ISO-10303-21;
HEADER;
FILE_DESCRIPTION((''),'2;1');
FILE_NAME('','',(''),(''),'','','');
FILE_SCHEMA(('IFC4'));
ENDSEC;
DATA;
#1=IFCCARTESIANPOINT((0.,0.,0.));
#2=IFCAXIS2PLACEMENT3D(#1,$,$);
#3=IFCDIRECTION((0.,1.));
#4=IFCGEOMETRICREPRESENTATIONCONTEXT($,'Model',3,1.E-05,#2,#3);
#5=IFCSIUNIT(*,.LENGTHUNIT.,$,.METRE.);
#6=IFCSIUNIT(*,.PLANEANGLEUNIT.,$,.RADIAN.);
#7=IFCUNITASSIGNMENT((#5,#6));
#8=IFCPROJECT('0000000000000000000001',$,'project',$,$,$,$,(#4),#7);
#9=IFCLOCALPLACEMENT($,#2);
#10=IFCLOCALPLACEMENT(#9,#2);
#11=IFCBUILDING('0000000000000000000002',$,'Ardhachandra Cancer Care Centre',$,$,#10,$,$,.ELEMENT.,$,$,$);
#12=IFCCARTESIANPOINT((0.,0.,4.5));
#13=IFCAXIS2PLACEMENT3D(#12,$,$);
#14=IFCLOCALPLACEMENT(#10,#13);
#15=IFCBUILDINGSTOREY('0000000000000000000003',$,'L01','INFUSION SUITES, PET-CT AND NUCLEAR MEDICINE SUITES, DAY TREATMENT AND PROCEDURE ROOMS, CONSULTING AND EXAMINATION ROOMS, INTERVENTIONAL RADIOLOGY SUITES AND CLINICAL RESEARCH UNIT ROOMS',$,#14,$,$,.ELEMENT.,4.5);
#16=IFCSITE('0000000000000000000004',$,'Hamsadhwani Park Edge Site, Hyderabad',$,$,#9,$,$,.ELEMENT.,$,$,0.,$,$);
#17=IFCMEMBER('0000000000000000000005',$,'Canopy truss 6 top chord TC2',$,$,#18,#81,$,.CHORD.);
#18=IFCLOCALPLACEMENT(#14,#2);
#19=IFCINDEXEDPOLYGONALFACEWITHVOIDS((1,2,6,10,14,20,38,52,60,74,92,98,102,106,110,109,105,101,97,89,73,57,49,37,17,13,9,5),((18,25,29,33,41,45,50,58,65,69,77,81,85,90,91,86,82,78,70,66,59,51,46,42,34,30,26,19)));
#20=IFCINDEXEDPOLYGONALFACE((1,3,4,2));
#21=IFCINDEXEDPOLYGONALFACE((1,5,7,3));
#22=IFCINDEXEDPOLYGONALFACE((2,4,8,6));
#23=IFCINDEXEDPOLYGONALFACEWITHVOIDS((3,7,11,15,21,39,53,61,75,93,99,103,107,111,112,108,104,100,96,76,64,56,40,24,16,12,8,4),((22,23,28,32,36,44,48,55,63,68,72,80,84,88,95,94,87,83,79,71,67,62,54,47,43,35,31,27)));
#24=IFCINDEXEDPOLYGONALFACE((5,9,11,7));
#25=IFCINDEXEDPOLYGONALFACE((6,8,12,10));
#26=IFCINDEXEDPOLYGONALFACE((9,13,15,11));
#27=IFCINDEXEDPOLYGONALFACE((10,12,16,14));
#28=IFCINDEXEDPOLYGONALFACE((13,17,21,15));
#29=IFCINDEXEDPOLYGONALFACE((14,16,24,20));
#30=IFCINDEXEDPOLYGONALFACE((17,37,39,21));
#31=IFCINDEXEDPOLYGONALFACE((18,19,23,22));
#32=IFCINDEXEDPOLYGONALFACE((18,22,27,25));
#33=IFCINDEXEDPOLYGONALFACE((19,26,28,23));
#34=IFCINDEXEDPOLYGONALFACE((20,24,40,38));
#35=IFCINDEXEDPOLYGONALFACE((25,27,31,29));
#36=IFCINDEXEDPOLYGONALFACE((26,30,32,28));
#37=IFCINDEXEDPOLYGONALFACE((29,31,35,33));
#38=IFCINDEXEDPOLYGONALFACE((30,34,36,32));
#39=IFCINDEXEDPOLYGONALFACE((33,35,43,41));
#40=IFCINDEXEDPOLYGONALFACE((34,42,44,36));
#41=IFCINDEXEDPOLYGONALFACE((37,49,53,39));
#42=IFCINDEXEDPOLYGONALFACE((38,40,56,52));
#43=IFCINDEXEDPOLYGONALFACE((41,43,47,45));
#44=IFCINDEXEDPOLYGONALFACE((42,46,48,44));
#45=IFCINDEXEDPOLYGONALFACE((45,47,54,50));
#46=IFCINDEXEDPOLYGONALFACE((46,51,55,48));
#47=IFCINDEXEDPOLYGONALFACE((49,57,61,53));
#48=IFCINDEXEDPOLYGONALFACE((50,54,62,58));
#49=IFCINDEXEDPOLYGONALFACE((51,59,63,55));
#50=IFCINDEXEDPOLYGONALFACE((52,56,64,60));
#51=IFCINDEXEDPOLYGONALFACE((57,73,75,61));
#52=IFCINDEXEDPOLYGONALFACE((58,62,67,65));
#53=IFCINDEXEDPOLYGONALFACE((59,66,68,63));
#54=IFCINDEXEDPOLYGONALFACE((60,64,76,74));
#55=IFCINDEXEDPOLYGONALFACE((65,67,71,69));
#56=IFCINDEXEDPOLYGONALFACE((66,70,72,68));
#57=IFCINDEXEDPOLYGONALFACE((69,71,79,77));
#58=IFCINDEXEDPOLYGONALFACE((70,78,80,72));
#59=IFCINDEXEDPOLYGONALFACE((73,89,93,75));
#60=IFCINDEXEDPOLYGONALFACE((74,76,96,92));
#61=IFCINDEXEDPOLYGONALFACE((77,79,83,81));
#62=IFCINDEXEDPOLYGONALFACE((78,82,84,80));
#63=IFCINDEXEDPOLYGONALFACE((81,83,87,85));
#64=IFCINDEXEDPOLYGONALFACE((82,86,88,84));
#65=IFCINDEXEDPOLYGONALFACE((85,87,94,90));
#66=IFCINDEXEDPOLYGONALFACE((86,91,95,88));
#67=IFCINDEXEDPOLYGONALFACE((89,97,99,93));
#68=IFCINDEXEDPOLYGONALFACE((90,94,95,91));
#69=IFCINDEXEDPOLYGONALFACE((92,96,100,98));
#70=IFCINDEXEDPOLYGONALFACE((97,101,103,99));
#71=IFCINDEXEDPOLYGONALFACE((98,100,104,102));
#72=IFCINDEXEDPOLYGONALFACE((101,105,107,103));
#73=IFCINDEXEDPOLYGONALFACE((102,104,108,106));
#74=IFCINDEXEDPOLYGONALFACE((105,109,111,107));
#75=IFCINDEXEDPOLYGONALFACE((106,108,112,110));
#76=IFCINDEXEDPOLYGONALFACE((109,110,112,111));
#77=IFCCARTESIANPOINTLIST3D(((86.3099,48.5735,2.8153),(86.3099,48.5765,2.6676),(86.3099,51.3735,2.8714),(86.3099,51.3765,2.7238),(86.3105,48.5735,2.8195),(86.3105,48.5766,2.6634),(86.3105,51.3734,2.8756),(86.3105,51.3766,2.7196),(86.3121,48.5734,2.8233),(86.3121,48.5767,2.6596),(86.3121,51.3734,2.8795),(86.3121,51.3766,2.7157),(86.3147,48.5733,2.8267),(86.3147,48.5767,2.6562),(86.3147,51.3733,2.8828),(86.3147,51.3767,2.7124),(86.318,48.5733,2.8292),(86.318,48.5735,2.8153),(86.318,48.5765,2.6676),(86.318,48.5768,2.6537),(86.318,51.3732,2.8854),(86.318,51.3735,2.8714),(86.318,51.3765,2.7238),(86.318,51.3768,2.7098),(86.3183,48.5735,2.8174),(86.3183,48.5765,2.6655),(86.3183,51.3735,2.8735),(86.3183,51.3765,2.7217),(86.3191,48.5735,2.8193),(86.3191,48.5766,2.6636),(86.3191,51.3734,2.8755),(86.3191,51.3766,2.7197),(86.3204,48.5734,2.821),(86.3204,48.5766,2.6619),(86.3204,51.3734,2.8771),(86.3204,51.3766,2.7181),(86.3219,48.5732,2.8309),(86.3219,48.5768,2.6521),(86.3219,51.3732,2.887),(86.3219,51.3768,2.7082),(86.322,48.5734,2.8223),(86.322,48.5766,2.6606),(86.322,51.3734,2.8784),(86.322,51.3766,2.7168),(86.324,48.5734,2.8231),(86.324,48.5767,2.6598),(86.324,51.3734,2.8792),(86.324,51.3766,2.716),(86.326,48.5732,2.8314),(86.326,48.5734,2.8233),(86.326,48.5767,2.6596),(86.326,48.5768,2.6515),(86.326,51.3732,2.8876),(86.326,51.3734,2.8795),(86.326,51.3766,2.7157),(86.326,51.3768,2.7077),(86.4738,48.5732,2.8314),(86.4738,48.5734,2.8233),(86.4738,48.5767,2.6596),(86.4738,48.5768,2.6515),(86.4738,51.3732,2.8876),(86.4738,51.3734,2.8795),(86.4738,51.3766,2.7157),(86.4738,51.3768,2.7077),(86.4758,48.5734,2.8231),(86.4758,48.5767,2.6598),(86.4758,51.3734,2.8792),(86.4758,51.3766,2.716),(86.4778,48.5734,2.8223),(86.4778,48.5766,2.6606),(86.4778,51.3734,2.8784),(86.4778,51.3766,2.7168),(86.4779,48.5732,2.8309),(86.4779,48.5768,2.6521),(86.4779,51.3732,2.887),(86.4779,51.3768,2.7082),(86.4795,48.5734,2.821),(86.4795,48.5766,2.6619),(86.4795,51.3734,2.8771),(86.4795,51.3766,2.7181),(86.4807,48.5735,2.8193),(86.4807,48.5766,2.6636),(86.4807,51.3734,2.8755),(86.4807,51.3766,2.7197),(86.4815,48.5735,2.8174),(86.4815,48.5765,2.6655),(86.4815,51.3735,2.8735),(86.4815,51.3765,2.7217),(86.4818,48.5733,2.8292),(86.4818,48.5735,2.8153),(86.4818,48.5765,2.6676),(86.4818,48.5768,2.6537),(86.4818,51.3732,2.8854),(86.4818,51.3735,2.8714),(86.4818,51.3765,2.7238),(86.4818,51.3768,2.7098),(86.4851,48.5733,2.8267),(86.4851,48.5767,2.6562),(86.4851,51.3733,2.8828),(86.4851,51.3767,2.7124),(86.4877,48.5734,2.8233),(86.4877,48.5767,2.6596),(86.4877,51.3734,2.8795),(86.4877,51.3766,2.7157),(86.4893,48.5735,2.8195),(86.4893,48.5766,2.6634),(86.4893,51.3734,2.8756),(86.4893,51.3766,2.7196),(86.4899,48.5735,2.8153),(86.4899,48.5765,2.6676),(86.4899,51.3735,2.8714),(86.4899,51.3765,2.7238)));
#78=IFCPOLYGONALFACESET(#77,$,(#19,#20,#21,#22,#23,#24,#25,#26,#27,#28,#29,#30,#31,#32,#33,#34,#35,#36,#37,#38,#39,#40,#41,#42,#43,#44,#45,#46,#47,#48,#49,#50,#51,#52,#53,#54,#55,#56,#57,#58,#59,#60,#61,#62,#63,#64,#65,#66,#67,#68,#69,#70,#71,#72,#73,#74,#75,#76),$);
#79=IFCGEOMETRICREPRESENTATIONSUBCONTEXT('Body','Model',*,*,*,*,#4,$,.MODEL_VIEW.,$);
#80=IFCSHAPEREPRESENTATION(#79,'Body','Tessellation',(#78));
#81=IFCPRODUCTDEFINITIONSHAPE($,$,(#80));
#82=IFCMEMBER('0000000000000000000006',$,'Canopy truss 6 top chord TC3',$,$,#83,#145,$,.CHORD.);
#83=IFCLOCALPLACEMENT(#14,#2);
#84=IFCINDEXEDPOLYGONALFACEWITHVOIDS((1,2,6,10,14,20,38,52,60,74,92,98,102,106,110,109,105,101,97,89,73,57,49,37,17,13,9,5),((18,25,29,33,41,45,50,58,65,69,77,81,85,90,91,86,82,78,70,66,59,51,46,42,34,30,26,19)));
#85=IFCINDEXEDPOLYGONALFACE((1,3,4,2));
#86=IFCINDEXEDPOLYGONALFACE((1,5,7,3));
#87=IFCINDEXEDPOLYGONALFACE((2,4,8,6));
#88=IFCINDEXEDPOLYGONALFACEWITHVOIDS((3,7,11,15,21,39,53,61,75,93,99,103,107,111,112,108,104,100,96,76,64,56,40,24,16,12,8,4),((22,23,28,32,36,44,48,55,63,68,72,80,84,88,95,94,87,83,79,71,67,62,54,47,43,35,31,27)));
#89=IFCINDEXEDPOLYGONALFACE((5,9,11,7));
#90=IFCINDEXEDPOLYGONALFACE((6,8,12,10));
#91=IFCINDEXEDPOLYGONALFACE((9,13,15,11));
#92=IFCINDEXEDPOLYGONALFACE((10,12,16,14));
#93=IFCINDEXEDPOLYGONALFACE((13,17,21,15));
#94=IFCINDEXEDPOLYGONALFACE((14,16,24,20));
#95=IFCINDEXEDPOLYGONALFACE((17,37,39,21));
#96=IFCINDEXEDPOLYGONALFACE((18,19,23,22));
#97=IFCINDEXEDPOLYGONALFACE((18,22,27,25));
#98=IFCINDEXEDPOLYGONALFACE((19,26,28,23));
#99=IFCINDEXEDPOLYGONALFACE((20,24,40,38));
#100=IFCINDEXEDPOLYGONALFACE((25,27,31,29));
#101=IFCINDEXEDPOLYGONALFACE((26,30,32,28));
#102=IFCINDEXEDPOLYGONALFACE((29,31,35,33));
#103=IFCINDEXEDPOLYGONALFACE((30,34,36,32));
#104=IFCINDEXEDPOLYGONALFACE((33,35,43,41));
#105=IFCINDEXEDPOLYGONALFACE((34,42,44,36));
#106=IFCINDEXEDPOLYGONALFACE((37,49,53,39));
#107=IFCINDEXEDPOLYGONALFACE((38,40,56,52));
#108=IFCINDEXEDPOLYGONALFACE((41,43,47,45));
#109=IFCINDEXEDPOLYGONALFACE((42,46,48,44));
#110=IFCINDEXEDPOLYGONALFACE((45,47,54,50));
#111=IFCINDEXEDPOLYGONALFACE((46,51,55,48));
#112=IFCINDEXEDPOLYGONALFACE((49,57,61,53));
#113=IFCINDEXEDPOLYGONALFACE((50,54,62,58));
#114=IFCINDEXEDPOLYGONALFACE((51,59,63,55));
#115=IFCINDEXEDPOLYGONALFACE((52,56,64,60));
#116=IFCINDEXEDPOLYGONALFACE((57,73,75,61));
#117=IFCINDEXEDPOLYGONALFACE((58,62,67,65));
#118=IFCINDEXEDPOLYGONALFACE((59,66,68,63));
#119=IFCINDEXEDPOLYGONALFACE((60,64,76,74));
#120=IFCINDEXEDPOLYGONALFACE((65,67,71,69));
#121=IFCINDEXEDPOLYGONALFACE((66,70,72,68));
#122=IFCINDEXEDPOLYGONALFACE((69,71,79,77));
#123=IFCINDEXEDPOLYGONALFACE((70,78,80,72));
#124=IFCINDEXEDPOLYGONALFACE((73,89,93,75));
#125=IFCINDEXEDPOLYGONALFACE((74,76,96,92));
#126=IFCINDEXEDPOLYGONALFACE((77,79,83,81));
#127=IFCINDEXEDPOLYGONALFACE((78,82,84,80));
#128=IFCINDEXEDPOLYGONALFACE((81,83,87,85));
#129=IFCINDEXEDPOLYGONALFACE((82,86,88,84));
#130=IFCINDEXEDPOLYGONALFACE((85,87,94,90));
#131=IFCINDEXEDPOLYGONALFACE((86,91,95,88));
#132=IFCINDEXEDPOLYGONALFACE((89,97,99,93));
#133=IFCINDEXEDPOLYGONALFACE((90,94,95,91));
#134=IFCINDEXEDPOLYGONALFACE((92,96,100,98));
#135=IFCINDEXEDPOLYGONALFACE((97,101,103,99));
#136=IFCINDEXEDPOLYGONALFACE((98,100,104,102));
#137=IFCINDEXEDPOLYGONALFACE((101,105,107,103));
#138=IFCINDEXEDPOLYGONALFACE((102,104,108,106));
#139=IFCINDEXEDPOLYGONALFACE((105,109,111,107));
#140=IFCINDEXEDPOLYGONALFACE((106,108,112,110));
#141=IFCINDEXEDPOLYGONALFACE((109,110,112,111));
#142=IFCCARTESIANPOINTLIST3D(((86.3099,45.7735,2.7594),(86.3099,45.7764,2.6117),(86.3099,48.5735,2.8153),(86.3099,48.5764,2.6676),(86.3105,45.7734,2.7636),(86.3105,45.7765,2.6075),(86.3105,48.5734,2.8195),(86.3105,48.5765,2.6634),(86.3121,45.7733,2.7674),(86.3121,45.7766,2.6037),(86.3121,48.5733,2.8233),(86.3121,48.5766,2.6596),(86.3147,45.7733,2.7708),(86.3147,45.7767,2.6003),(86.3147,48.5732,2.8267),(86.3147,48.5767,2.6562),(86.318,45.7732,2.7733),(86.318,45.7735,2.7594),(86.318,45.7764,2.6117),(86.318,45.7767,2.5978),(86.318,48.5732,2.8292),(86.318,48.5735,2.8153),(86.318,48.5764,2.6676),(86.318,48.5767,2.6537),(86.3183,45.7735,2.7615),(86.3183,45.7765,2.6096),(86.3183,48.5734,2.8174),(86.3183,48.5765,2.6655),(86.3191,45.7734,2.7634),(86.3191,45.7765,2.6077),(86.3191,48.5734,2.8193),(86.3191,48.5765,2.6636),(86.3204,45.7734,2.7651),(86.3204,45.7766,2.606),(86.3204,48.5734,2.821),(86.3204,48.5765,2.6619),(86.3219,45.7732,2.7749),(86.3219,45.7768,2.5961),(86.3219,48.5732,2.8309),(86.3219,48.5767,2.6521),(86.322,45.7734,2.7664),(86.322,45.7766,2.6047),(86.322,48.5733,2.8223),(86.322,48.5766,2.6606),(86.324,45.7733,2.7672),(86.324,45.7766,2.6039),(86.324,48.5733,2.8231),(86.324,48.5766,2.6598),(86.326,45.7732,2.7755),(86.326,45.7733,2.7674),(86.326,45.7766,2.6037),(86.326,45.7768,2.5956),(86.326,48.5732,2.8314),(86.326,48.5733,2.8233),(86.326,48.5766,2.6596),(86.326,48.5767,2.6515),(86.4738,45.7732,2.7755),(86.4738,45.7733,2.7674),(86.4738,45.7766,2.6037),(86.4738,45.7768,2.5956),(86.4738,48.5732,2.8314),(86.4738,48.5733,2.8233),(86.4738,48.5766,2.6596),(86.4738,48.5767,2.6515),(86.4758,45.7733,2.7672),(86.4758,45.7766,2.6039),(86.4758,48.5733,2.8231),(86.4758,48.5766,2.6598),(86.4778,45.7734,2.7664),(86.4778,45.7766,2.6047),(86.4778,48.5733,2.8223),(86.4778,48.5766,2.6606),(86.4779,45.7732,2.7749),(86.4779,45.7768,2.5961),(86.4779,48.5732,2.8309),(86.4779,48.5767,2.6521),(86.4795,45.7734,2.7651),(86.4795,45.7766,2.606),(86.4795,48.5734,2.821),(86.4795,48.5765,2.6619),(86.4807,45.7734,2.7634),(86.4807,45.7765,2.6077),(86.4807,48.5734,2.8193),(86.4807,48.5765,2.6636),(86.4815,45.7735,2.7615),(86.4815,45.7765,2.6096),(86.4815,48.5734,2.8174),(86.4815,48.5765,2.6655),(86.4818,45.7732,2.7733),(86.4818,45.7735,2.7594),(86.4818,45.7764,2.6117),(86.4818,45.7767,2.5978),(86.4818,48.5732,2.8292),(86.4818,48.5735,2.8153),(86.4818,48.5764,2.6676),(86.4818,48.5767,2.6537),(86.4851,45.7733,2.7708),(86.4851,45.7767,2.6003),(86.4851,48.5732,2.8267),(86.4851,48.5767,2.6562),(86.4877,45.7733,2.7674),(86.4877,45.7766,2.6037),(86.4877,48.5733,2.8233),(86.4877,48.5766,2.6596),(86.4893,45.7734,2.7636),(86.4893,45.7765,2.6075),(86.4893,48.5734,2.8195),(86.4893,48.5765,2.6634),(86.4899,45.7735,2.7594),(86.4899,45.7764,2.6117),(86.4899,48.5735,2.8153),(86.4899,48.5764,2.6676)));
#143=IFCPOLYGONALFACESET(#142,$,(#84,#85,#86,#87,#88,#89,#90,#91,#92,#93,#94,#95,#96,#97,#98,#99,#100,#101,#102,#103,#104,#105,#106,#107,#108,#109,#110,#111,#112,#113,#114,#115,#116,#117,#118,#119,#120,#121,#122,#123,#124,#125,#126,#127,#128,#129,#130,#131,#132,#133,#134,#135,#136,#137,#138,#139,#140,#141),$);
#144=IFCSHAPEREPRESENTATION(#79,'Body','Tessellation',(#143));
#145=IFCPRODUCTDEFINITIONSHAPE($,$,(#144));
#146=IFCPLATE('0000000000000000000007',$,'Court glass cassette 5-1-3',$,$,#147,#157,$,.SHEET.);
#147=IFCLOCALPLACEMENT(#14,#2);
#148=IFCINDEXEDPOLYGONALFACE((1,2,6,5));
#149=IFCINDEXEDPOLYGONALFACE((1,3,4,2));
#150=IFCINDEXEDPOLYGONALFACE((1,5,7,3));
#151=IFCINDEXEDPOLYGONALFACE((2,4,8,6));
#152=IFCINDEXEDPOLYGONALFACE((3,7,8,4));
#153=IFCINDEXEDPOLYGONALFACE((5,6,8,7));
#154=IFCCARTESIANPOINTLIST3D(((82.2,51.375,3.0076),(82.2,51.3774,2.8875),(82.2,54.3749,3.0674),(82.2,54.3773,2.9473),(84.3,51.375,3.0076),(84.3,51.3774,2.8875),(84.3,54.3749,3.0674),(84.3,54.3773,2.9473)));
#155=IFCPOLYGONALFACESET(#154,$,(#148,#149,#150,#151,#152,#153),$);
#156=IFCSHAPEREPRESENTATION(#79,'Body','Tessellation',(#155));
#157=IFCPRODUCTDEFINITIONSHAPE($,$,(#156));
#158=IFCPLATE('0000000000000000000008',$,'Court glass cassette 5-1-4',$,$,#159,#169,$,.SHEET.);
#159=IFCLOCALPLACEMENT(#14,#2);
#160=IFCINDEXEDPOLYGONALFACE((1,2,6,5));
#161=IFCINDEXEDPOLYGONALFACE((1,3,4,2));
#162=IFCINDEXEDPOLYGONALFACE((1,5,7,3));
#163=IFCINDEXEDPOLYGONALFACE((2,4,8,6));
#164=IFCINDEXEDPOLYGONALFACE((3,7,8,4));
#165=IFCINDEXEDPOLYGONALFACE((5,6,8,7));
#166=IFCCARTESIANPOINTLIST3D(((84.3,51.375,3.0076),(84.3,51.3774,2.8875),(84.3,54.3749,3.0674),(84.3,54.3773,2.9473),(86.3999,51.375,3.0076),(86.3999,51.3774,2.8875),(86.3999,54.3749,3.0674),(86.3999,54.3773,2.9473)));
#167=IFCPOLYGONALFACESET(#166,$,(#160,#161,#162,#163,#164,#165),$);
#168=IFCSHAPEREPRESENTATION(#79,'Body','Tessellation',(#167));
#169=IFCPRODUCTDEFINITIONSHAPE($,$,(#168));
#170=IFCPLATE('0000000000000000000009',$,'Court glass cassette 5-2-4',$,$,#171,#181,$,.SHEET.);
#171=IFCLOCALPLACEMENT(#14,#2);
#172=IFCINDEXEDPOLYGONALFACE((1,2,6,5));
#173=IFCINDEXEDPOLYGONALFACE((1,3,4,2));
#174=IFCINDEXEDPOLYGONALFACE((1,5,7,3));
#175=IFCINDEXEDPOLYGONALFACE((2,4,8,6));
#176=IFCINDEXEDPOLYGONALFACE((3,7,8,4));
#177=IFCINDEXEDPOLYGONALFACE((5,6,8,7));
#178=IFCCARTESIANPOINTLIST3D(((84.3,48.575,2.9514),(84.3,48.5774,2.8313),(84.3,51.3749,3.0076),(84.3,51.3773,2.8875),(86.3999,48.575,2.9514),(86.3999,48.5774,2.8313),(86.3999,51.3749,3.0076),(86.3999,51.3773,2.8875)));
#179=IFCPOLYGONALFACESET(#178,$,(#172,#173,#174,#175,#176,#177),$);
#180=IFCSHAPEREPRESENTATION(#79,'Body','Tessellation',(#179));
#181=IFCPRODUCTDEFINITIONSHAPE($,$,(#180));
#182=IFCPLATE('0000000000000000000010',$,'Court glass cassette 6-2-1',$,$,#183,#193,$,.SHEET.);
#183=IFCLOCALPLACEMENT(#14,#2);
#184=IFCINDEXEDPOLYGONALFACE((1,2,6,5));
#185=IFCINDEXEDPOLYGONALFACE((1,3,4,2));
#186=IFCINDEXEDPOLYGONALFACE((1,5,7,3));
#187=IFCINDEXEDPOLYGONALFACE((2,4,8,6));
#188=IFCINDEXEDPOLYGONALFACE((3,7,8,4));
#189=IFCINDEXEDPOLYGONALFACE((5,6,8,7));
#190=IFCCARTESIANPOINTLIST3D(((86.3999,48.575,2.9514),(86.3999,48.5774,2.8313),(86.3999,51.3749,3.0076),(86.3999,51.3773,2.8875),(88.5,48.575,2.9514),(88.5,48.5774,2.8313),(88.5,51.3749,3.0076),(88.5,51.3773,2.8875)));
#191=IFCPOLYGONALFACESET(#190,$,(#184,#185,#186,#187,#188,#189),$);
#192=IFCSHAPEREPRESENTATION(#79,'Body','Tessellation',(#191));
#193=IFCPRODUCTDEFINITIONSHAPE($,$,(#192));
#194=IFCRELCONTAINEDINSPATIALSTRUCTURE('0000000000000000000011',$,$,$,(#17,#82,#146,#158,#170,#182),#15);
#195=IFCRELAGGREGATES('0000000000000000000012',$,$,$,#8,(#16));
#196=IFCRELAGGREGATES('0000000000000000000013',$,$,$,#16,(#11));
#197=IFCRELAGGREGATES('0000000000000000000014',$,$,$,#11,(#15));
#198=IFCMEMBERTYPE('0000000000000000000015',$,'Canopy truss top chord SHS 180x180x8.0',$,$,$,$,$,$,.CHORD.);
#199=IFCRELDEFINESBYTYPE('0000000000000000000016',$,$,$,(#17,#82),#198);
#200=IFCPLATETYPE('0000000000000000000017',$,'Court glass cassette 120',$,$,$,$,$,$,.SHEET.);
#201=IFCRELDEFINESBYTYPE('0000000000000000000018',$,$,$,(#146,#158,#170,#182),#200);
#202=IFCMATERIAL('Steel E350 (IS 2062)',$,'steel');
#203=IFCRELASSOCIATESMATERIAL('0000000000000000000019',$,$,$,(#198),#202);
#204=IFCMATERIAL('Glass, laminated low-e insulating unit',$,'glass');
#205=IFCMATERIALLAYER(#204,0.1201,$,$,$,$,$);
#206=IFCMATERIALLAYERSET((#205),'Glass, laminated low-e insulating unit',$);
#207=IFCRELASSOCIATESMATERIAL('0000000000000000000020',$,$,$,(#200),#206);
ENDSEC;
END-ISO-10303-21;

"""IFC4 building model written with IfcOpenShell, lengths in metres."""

from ifc_helpers import new_model, si_unit, direction, frame, origin, origin_2d, place, context, subcontext, project, spatial, polyline, hollow_rectangle, outline, extrude, material, layer, layer_set, material_profile, profile_set, type_object, element, save


model = new_model("IFC4")

# Units and contexts
model_context = context("Model", 3, precision=1e-05, world=origin(), true_north=direction((0.0, 1.0)))
body_context = subcontext(model_context, "Body", "Model", "MODEL_VIEW")
ifc_project = project(units=[si_unit("LENGTHUNIT", "METRE"), si_unit("PLANEANGLEUNIT", "RADIAN")], contexts=[model_context])

# Site, building, storey
site_placement = place(None, origin())
site = spatial("IfcSite", under=ifc_project, at=site_placement, Name="Hamsadhwani Park Edge Site, Hyderabad", CompositionType="ELEMENT", RefElevation=0.0)
building_placement = place(site_placement, origin())
building = spatial("IfcBuilding", under=site, at=building_placement, Name="Ardhachandra Cancer Care Centre", CompositionType="ELEMENT")
storey_placement = place(building_placement, frame((0.0, 0.0, 4.5)))
storey = spatial("IfcBuildingStorey", under=building, at=storey_placement, Name="L01", Description="INFUSION SUITES, PET-CT AND NUCLEAR MEDICINE SUITES, DAY TREATMENT AND PROCEDURE ROOMS, CONSULTING AND EXAMINATION ROOMS, INTERVENTIONAL RADIOLOGY SUITES AND CLINICAL RESEARCH UNIT ROOMS", CompositionType="ELEMENT", Elevation=4.5)

# Members
ifc_material_1 = material(Name="Steel E350 (IS 2062)", Category="steel")
ifc_material_profile_1 = material_profile(ifc_material_1, hollow_rectangle(XDim=0.1799, YDim=0.1799, WallThickness=0.0081, InnerFilletRadius=0.0081, OuterFilletRadius=0.0161, at=origin_2d()), Name="SHS 180x180x8.0")
ifc_profile_set_1 = profile_set([ifc_material_profile_1], Name="Steel E350 (IS 2062)")
member_type_1 = type_object("IfcMemberType", Name="Canopy truss top chord SHS 180x180x8.0", PredefinedType="CHORD", material=ifc_profile_set_1)
for number, where, z_axis, x_axis, name in (
    (1, (86.3999, 51.375, 2.7976), (0.0, -0.999799, -0.02005), (1.0, 0.0, 0.0), "Canopy truss 6 top chord TC2"),
    (2, (86.3999, 48.575, 2.7415), (0.0, -0.999801, -0.019963), (1.0, 0.0, 0.0), "Canopy truss 6 top chord TC3"),
):
    element("IfcMember", number, at=place(storey_placement, frame(where, z_axis=z_axis, x_axis=x_axis)), inside=storey, type_object=member_type_1, Name=name, PredefinedType="CHORD", context=body_context, shape_type="SweptSolid", body=[
        extrude(hollow_rectangle(XDim=0.1799, YDim=0.1799, WallThickness=0.0081, InnerFilletRadius=0.0081, OuterFilletRadius=0.0161, at=origin_2d()), origin(), (0.0, 0.0, 1.0), 2.8005),
    ])

# Plates
ifc_material_2 = material(Name="Glass, laminated low-e insulating unit", Category="glass")
ifc_layer = layer(ifc_material_2, 0.1201)
ifc_layer_set = layer_set([ifc_layer], Name="Glass, laminated low-e insulating unit")
plate_type = type_object("IfcPlateType", Name="Court glass cassette 120", PredefinedType="SHEET", material=ifc_layer_set)
plate_1_placement = place(storey_placement, frame((84.3, 51.375, 3.0076), z_axis=(0.0, -0.019934, 0.999801), x_axis=(-1.0, 0.0, 0.0)))
element("IfcPlate", 3, at=plate_1_placement, inside=storey, type_object=plate_type, Name="Court glass cassette 5-1-3", PredefinedType="SHEET", context=body_context, shape_type="SweptSolid", body=[
    extrude(outline(polyline([(0.0, -3.0005), (2.1001, -3.0005), (2.1001, 0.0), (0.0, 0.0), (0.0, -3.0005)])), frame((0.0, 0.0, -0.1201)), (0.0, 0.0, 1.0), 0.1201),
])
plate_2_placement = place(storey_placement, frame((86.3999, 51.375, 3.0076), z_axis=(0.0, -0.019934, 0.999801), x_axis=(-1.0, 0.0, 0.0)))
element("IfcPlate", 4, at=plate_2_placement, inside=storey, type_object=plate_type, Name="Court glass cassette 5-1-4", PredefinedType="SHEET", context=body_context, shape_type="SweptSolid", body=[
    extrude(outline(polyline([(0.0, -3.0005), (2.0999, -3.0005), (2.0999, 0.0), (0.0, 0.0), (0.0, -3.0005)])), frame((0.0, 0.0, -0.1201)), (0.0, 0.0, 1.0), 0.1201),
])
plate_3_placement = place(storey_placement, frame((84.3, 48.575, 2.9514), z_axis=(0.0, -0.02005, 0.999799), x_axis=(0.0, 0.999799, 0.02005)))
element("IfcPlate", 5, at=plate_3_placement, inside=storey, type_object=plate_type, Name="Court glass cassette 5-2-4", PredefinedType="SHEET", context=body_context, shape_type="SweptSolid", body=[
    extrude(outline(polyline([(0.0, -2.0999), (2.8005, -2.0999), (2.8005, 0.0), (0.0, 0.0), (0.0, -2.0999)])), frame((0.0, 0.0, -0.1201)), (0.0, 0.0, 1.0), 0.1201),
])
plate_4_placement = place(storey_placement, frame((86.3999, 48.575, 2.9514), z_axis=(0.0, -0.02005, 0.999799), x_axis=(0.0, 0.999799, 0.02005)))
element("IfcPlate", 6, at=plate_4_placement, inside=storey, type_object=plate_type, Name="Court glass cassette 6-2-1", PredefinedType="SHEET", context=body_context, shape_type="SweptSolid", body=[
    extrude(outline(polyline([(0.0, -2.1001), (2.8005, -2.1001), (2.8005, 0.0), (0.0, 0.0), (0.0, -2.1001)])), frame((0.0, 0.0, -0.1201)), (0.0, 0.0, 1.0), 0.1201),
])

save(model, "model.ifc")
